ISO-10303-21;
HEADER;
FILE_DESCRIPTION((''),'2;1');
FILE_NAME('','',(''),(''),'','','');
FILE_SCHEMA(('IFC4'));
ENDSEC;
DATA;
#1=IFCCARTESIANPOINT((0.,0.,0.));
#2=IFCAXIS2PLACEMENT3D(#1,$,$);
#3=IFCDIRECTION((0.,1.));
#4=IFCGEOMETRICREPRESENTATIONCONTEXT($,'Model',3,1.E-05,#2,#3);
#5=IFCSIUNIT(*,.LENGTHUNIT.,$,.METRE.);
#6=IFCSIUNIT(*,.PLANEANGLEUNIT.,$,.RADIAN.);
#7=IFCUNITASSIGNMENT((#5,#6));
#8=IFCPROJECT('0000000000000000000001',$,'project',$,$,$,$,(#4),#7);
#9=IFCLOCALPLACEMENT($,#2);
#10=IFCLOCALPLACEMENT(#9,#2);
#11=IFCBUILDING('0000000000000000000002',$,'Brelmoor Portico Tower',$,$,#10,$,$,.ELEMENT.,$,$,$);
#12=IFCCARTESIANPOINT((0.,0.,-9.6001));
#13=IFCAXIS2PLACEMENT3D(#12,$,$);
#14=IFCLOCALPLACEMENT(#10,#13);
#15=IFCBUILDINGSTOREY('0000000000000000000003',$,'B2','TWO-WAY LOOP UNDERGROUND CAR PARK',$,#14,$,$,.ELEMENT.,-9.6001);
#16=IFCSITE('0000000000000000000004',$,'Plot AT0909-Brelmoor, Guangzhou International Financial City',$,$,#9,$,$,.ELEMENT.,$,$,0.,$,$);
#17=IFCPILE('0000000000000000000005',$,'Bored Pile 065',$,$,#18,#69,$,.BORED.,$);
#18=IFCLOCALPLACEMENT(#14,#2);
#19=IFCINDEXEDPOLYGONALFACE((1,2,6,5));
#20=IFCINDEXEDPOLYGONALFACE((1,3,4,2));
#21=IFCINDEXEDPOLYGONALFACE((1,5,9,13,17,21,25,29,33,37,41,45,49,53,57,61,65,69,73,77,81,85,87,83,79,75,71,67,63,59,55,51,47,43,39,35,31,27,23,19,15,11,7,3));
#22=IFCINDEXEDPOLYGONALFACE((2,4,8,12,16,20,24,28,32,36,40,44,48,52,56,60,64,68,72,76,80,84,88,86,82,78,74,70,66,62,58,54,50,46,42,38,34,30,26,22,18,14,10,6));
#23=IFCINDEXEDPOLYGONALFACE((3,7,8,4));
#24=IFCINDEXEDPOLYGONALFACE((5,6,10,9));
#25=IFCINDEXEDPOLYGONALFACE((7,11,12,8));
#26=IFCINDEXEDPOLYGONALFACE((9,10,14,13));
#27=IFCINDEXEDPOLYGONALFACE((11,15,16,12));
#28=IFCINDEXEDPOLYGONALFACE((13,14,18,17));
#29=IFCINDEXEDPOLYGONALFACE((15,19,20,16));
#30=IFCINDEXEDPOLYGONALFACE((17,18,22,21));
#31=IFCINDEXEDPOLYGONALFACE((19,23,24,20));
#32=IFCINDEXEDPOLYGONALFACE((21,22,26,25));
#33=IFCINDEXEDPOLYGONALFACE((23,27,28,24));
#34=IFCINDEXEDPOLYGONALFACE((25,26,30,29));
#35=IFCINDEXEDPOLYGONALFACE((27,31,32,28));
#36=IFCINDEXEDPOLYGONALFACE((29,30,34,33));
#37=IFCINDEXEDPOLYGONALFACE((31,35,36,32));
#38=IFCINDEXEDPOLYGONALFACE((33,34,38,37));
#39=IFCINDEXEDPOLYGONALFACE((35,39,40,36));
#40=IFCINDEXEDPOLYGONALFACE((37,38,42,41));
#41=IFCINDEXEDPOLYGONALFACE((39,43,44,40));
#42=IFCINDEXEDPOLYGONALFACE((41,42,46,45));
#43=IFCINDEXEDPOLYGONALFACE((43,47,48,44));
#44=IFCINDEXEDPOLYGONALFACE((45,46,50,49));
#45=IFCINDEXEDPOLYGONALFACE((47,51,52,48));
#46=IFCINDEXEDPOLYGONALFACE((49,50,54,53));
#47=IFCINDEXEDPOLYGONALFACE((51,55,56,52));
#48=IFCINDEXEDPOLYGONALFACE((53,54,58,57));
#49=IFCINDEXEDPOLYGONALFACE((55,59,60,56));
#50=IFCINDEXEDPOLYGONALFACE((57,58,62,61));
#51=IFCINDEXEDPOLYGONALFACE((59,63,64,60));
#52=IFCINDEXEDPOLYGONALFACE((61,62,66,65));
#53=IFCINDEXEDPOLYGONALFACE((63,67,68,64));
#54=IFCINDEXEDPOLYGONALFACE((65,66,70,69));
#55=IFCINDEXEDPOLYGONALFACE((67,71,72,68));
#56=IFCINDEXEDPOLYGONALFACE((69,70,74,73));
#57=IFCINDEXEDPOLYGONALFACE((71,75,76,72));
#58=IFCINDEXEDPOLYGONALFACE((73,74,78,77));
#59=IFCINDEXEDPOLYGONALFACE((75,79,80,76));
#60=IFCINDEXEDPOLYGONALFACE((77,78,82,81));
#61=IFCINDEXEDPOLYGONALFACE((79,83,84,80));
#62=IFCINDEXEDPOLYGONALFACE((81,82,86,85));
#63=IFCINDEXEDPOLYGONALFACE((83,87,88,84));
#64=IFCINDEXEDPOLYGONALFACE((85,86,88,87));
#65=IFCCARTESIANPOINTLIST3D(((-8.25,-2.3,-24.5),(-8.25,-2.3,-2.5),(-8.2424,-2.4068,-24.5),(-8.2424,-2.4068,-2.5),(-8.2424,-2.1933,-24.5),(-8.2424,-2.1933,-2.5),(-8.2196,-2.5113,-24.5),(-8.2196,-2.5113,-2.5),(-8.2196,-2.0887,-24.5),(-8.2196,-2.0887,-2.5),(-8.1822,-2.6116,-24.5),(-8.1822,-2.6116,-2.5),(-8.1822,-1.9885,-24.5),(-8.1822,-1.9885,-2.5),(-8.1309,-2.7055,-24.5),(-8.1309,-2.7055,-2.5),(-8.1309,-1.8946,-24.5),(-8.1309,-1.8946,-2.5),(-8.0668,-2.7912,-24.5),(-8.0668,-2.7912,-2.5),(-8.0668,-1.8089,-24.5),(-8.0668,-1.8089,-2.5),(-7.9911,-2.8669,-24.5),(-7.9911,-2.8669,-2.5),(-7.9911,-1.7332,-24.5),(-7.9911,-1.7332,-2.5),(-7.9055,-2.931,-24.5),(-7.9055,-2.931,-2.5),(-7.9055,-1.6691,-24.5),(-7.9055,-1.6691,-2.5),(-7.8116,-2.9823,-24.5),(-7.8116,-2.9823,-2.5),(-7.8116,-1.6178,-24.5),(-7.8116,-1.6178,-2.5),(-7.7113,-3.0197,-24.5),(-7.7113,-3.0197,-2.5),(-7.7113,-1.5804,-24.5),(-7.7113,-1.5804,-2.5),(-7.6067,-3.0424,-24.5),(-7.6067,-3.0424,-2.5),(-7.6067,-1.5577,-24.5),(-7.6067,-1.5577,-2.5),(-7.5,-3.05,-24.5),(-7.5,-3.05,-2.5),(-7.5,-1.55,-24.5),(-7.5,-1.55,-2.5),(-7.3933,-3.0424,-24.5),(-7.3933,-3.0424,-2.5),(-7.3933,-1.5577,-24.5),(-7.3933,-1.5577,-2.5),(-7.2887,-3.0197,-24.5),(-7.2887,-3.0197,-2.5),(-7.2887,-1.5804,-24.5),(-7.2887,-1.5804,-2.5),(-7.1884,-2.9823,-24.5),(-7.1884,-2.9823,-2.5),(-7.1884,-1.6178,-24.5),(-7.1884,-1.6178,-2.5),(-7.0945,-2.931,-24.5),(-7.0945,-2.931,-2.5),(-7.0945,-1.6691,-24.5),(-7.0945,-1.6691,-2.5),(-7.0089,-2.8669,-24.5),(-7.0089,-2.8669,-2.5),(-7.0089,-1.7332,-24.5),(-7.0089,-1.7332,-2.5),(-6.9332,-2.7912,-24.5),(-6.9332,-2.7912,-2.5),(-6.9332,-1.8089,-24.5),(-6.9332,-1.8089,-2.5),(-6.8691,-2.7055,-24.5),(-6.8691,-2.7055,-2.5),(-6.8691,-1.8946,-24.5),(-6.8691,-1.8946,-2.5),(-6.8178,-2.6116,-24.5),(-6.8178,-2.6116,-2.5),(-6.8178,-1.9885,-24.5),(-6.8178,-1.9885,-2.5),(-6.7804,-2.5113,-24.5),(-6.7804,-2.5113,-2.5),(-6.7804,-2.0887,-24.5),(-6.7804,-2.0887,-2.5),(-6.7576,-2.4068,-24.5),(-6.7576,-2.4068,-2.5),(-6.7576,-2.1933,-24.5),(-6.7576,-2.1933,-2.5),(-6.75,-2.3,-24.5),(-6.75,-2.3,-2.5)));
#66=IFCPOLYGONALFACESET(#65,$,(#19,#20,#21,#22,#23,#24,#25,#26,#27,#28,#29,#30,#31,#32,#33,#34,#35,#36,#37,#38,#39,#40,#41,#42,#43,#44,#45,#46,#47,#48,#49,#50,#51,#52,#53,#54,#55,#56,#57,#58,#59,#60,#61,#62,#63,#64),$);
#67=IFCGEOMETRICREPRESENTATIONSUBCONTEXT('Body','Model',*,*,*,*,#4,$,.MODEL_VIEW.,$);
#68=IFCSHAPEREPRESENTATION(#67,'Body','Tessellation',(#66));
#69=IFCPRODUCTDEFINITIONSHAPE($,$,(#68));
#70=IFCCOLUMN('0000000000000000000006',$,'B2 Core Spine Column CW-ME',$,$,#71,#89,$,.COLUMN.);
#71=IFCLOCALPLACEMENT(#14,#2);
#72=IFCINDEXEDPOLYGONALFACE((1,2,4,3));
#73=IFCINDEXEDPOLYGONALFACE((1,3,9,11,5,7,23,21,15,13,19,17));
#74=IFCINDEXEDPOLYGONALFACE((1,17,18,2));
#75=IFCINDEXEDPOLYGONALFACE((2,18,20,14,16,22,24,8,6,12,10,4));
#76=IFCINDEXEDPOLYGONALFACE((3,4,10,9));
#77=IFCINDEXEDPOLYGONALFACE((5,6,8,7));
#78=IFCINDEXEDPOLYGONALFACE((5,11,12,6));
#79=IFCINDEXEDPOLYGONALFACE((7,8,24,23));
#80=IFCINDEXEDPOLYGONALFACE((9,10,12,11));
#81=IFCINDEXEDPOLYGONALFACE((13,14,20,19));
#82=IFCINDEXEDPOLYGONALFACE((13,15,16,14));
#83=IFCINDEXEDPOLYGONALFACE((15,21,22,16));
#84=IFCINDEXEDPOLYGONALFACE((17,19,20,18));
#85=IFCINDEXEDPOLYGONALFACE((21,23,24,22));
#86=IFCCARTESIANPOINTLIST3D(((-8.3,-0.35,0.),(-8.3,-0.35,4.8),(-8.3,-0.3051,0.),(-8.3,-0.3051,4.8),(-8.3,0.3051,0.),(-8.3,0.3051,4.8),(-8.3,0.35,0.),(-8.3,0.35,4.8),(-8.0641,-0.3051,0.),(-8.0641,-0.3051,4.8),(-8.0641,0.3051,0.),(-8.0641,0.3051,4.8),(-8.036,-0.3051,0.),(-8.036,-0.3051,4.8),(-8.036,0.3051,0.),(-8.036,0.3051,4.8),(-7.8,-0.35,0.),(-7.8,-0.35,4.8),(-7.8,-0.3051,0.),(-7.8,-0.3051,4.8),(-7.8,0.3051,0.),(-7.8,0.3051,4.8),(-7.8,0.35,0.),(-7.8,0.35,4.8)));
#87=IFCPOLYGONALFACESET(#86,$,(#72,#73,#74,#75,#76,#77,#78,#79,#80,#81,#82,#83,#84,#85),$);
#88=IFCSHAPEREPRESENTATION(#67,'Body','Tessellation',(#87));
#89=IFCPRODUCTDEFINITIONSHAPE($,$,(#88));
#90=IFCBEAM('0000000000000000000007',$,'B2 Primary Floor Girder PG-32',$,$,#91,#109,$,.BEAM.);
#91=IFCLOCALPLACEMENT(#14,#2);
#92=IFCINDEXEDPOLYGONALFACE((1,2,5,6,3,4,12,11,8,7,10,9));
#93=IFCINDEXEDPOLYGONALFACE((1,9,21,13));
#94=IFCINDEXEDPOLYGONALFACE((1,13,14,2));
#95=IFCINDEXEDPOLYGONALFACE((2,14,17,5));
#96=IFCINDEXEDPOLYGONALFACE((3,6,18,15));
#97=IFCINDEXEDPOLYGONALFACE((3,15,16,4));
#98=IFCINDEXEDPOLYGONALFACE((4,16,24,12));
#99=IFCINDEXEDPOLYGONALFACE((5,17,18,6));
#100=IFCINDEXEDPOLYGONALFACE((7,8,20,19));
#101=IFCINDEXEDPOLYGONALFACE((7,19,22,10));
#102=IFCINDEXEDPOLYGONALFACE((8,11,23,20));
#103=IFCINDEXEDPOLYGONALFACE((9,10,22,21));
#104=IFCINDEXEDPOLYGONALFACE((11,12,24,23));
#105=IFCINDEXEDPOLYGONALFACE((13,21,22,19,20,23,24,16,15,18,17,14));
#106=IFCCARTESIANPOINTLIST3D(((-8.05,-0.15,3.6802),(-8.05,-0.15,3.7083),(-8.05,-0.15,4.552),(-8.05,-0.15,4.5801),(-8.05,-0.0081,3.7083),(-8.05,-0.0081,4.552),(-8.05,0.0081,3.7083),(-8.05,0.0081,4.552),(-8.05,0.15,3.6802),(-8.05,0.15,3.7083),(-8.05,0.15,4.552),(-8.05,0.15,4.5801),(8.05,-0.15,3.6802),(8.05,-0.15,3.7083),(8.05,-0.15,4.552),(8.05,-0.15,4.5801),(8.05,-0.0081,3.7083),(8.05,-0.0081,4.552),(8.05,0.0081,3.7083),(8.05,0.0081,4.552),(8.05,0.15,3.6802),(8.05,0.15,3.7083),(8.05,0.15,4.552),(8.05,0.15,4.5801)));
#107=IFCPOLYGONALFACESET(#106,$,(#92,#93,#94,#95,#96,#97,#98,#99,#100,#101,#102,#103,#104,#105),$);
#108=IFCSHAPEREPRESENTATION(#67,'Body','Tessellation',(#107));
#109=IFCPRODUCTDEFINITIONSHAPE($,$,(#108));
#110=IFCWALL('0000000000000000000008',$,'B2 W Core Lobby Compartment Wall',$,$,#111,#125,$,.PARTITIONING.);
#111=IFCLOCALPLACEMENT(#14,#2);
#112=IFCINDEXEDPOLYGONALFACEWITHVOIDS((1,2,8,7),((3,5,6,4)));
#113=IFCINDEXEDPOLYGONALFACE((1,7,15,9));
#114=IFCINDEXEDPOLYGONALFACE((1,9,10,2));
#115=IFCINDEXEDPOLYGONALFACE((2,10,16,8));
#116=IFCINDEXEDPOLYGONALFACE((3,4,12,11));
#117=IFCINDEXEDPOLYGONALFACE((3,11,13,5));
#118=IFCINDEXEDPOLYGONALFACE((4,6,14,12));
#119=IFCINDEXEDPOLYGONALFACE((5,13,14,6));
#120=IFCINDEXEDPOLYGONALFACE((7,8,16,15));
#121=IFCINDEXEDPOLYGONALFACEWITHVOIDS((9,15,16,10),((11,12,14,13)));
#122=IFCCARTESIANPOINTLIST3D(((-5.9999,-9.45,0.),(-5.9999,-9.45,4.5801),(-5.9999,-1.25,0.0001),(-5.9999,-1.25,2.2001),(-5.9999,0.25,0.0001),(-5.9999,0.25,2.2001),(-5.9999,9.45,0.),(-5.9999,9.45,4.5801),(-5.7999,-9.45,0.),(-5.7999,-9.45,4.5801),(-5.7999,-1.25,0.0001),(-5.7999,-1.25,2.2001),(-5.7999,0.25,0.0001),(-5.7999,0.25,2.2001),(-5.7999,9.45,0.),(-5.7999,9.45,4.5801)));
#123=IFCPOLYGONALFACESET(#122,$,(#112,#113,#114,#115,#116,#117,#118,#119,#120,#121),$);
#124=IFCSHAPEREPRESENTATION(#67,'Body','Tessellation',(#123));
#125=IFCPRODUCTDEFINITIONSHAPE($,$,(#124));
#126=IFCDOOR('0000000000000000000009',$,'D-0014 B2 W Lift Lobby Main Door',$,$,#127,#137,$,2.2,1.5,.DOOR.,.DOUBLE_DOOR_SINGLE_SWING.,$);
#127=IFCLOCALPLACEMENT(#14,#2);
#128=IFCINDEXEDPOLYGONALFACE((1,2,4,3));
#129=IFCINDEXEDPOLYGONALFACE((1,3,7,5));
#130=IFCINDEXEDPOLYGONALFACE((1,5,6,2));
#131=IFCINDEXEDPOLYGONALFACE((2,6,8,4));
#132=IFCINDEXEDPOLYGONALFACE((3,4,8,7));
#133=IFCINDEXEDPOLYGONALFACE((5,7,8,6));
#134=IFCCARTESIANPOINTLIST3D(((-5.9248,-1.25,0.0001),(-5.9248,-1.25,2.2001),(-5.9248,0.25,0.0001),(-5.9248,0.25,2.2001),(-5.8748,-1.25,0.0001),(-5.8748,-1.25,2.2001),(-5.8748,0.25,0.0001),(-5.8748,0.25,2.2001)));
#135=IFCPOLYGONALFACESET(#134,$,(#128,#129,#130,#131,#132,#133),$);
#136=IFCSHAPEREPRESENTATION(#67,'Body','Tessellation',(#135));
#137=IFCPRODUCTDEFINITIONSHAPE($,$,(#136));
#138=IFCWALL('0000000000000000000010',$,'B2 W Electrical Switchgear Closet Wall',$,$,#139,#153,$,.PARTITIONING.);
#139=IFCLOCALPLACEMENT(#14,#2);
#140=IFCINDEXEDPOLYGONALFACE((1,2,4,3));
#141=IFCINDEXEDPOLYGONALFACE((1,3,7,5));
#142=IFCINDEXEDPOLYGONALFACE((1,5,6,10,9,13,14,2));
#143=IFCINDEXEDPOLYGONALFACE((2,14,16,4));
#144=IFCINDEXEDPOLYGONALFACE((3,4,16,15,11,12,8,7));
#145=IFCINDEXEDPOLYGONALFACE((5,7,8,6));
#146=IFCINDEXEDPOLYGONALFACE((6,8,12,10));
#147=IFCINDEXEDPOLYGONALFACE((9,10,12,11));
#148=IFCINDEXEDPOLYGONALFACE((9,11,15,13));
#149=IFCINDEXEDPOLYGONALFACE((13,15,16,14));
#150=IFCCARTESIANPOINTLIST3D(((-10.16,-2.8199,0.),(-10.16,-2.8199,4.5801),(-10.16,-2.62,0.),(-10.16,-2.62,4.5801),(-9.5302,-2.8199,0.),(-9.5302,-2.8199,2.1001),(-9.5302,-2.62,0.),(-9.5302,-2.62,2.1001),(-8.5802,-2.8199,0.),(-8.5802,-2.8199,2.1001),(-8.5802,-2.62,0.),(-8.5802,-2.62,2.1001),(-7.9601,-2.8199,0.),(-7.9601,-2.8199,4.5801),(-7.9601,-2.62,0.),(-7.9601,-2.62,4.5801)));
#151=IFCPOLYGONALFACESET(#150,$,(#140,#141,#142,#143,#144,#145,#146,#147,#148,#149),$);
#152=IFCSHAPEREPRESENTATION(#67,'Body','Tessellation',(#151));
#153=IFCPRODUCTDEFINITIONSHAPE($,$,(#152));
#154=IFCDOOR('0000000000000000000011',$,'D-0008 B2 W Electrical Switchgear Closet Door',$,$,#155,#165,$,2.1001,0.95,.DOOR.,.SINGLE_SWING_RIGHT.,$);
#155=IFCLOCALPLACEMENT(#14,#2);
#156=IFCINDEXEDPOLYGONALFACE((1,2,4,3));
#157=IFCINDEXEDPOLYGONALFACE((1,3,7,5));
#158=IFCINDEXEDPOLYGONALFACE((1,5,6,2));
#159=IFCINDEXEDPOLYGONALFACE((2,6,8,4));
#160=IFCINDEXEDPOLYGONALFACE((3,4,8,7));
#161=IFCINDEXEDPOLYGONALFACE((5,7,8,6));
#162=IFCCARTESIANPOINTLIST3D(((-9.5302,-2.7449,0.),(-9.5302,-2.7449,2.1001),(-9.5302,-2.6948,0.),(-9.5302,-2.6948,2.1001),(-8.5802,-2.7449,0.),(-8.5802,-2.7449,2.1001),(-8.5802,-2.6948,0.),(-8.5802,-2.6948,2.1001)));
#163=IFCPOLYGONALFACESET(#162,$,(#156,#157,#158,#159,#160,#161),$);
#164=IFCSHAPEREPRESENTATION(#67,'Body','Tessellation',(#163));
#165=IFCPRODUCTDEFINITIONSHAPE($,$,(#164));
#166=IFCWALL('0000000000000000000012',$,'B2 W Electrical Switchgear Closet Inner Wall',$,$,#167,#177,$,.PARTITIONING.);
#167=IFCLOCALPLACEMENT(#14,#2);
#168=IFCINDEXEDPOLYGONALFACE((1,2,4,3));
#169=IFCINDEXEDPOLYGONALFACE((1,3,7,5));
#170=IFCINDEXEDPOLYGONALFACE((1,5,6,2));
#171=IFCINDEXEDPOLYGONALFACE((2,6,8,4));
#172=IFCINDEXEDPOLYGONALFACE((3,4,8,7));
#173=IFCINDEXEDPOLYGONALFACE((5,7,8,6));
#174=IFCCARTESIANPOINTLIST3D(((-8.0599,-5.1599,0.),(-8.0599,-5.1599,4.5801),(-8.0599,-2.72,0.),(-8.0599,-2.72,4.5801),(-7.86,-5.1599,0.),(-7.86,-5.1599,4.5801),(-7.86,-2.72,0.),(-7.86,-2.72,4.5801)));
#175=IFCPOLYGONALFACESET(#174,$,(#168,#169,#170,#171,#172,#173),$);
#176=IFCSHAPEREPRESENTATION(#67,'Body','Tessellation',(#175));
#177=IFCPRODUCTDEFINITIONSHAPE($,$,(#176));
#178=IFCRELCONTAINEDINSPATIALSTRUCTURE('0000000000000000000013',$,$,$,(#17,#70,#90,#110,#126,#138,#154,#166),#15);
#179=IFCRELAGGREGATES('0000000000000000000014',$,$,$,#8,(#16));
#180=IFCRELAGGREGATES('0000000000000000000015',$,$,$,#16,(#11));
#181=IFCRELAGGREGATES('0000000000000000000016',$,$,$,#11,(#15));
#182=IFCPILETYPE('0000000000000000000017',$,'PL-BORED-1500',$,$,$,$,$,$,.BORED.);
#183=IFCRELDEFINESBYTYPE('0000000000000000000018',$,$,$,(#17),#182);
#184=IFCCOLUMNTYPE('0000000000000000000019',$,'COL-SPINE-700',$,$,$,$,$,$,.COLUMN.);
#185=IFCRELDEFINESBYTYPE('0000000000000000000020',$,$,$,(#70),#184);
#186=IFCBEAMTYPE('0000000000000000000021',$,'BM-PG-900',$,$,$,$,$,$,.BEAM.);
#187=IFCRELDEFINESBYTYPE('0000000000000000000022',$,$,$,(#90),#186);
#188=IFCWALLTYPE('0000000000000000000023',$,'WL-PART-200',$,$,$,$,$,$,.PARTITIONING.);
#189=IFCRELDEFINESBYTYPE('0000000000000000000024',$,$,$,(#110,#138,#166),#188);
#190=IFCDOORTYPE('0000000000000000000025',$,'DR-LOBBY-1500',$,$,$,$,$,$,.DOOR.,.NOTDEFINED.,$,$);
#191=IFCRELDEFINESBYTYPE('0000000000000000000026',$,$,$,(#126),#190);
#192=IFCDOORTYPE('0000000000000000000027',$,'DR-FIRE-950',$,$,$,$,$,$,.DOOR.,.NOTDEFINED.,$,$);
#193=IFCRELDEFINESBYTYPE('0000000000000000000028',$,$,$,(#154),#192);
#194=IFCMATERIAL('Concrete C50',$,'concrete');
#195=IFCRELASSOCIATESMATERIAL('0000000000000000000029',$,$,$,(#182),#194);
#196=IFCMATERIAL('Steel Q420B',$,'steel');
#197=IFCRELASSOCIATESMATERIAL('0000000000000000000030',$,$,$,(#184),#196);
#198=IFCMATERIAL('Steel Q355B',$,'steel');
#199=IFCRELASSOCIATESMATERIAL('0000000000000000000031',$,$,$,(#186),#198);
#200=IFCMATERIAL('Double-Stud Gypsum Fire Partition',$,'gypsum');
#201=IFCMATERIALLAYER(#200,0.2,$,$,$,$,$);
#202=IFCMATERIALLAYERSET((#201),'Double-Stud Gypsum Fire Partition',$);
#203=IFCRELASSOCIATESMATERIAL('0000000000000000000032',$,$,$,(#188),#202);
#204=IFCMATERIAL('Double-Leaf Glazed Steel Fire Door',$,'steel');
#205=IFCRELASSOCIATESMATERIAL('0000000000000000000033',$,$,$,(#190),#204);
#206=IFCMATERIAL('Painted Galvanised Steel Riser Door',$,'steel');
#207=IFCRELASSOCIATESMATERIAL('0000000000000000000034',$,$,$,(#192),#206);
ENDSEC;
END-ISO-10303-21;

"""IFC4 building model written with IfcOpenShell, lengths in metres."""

from ifc_helpers import new_model, si_unit, direction, frame, frame_2d, origin, origin_2d, place, context, subcontext, project, spatial, rectangle, circle, i_section, extrude, material, layer, layer_set, material_profile, profile_set, type_object, element, fill, save


model = new_model("IFC4")

# Units and contexts
model_context = context("Model", 3, precision=1e-05, world=origin(), true_north=direction((0.0, 1.0)))
body_context = subcontext(model_context, "Body", "Model", "MODEL_VIEW")
ifc_project = project(units=[si_unit("LENGTHUNIT", "METRE"), si_unit("PLANEANGLEUNIT", "RADIAN")], contexts=[model_context])

# Site, building, storey
site_placement = place(None, origin())
site = spatial("IfcSite", under=ifc_project, at=site_placement, Name="Plot AT0909-Brelmoor, Guangzhou International Financial City", CompositionType="ELEMENT", RefElevation=0.0)
building_placement = place(site_placement, origin())
building = spatial("IfcBuilding", under=site, at=building_placement, Name="Brelmoor Portico Tower", CompositionType="ELEMENT")
storey_placement = place(building_placement, frame((0.0, 0.0, -9.6001)))
storey = spatial("IfcBuildingStorey", under=building, at=storey_placement, Name="B2", Description="TWO-WAY LOOP UNDERGROUND CAR PARK", CompositionType="ELEMENT", Elevation=-9.6001)

# Shared definitions
ifc_material_1 = material(Name="Concrete C50", Category="concrete")

# Pile
ifc_material_profile_1 = material_profile(ifc_material_1, circle(Radius=0.75, at=origin_2d()), Name="BORED PILE D1500")
ifc_profile_set_1 = profile_set([ifc_material_profile_1], Name="Concrete C50")
pile_type_1 = type_object("IfcPileType", Name="PL-BORED-1500", PredefinedType="BORED", material=ifc_profile_set_1)
for number, where, z_axis, x_axis, name in (
    (1, (-7.5, -2.3, -2.5), (0.0, 0.0, -1.0), (1.0, 0.0, 0.0), "Bored Pile 065"),
):
    element("IfcPile", number, at=place(storey_placement, frame(where, z_axis=z_axis, x_axis=x_axis)), inside=storey, type_object=pile_type_1, Name=name, PredefinedType="BORED", context=body_context, shape_type="SweptSolid", body=[
        extrude(circle(Radius=0.75, at=origin_2d()), origin(), (0.0, 0.0, 1.0), 22.0),
    ])

# Column
ifc_material_2 = material(Name="Steel Q420B", Category="steel")
ifc_material_profile_2 = material_profile(ifc_material_2, i_section(OverallWidth=0.5, OverallDepth=0.7, WebThickness=0.0281, FlangeThickness=0.0449, at=origin_2d()), Name="HW 700x500x28x45")
ifc_profile_set_2 = profile_set([ifc_material_profile_2], Name="Steel Q420B")
column_type = type_object("IfcColumnType", Name="COL-SPINE-700", PredefinedType="COLUMN", material=ifc_profile_set_2)
column_placement = place(storey_placement, frame((-8.05, 0.0, 0.0), z_axis=(0.0, 0.0, 1.0), x_axis=(1.0, 0.0, 0.0)))
element("IfcColumn", 2, at=column_placement, inside=storey, type_object=column_type, Name="B2 Core Spine Column CW-ME", PredefinedType="COLUMN", context=body_context, shape_type="SweptSolid", body=[
    extrude(i_section(OverallWidth=0.5, OverallDepth=0.7, WebThickness=0.0281, FlangeThickness=0.0449, at=origin_2d()), origin(), (0.0, 0.0, 1.0), 4.8),
])

# Beam
ifc_material_3 = material(Name="Steel Q355B", Category="steel")
ifc_material_profile_3 = material_profile(ifc_material_3, i_section(OverallWidth=0.3, OverallDepth=0.8999, WebThickness=0.0161, FlangeThickness=0.0281, at=origin_2d()), Name="HN 900x300x16x28")
ifc_profile_set_3 = profile_set([ifc_material_profile_3], Name="Steel Q355B")
beam_type = type_object("IfcBeamType", Name="BM-PG-900", PredefinedType="BEAM", material=ifc_profile_set_3)
beam_placement = place(storey_placement, frame((-8.05, 0.0, 4.1301), z_axis=(1.0, 0.0, 0.0), x_axis=(0.0, 1.0, 0.0)))
element("IfcBeam", 3, at=beam_placement, inside=storey, type_object=beam_type, Name="B2 Primary Floor Girder PG-32", PredefinedType="BEAM", context=body_context, shape_type="SweptSolid", body=[
    extrude(i_section(OverallWidth=0.3, OverallDepth=0.8999, WebThickness=0.0161, FlangeThickness=0.0281, at=origin_2d()), origin(), (0.0, 0.0, 1.0), 16.1001),
])

# Walls, openings, doors
ifc_material_4 = material(Name="Double-Stud Gypsum Fire Partition", Category="gypsum")
ifc_layer_1 = layer(ifc_material_4, 0.2)
ifc_layer_set_1 = layer_set([ifc_layer_1], Name="Double-Stud Gypsum Fire Partition")
wall_type_1 = type_object("IfcWallType", Name="WL-PART-200", PredefinedType="PARTITIONING", material=ifc_layer_set_1)
wall_1_placement = place(storey_placement, frame((-5.8999, -9.45, 0.0), z_axis=(0.0, 0.0, 1.0), x_axis=(0.0, 1.0, 0.0)))
wall_1 = element("IfcWall", 4, at=wall_1_placement, inside=storey, type_object=wall_type_1, Name="B2 W Core Lobby Compartment Wall", PredefinedType="PARTITIONING", context=body_context, shape_type="SweptSolid", body=[
    extrude(rectangle(XDim=18.8999, YDim=0.2, at=frame_2d((9.45, 0.0))), origin(), (0.0, 0.0, 1.0), 4.5801),
])
opening_1_placement = place(wall_1_placement, frame((8.2, 0.0, 0.0)))
opening_1 = element("IfcOpeningElement", 5, at=opening_1_placement, cuts=wall_1, PredefinedType="OPENING", context=body_context, shape_type="SweptSolid", body=[
    extrude(rectangle(XDim=1.5, YDim=2.2, at=frame_2d((0.75, 1.1001))), frame((0.0, 0.1099, 0.0), z_axis=(0.0, -1.0, 0.0), x_axis=(1.0, 0.0, 0.0)), (0.0, 0.0, 1.0), 0.22),
])
ifc_material_5 = material(Name="Double-Leaf Glazed Steel Fire Door", Category="steel")
door_type_1 = type_object("IfcDoorType", Name="DR-LOBBY-1500", OperationType="NOTDEFINED", PredefinedType="DOOR", material=ifc_material_5)
door_1_placement = place(opening_1_placement, origin())
door_1 = element("IfcDoor", 6, at=door_1_placement, inside=storey, type_object=door_type_1, Name="D-0014 B2 W Lift Lobby Main Door", OperationType="DOUBLE_DOOR_SINGLE_SWING", OverallHeight=2.2, OverallWidth=1.5, PredefinedType="DOOR", context=body_context, shape_type="SweptSolid", body=[
    extrude(rectangle(XDim=1.5, YDim=2.2, at=frame_2d((0.75, 1.1001))), frame((0.0, 0.0249, 0.0), z_axis=(0.0, -1.0, 0.0), x_axis=(1.0, 0.0, 0.0)), (0.0, 0.0, 1.0), 0.05),
])
fill(opening_1, door_1)
wall_2_placement = place(storey_placement, frame((-7.96, -2.72, 0.0), z_axis=(0.0, 0.0, 1.0), x_axis=(-1.0, 0.0, 0.0)))
wall_2 = element("IfcWall", 7, at=wall_2_placement, inside=storey, type_object=wall_type_1, Name="B2 W Electrical Switchgear Closet Wall", PredefinedType="PARTITIONING", context=body_context, shape_type="SweptSolid", body=[
    extrude(rectangle(XDim=2.2, YDim=0.2, at=frame_2d((1.1001, 0.0))), origin(), (0.0, 0.0, 1.0), 4.5801),
])
opening_2_placement = place(wall_2_placement, frame((0.6201, 0.0, 0.0)))
opening_2 = element("IfcOpeningElement", 8, at=opening_2_placement, cuts=wall_2, PredefinedType="OPENING", context=body_context, shape_type="SweptSolid", body=[
    extrude(rectangle(XDim=0.95, YDim=2.1001, at=frame_2d((0.4751, 1.05))), frame((0.0, 0.1099, 0.0), z_axis=(0.0, -1.0, 0.0), x_axis=(1.0, 0.0, 0.0)), (0.0, 0.0, 1.0), 0.22),
])
ifc_material_6 = material(Name="Painted Galvanised Steel Riser Door", Category="steel")
door_type_2 = type_object("IfcDoorType", Name="DR-FIRE-950", OperationType="NOTDEFINED", PredefinedType="DOOR", material=ifc_material_6)
door_2_placement = place(opening_2_placement, origin())
door_2 = element("IfcDoor", 9, at=door_2_placement, inside=storey, type_object=door_type_2, Name="D-0008 B2 W Electrical Switchgear Closet Door", OperationType="SINGLE_SWING_RIGHT", OverallHeight=2.1001, OverallWidth=0.95, PredefinedType="DOOR", context=body_context, shape_type="SweptSolid", body=[
    extrude(rectangle(XDim=0.95, YDim=2.1001, at=frame_2d((0.4751, 1.05))), frame((0.0, 0.0249, 0.0), z_axis=(0.0, -1.0, 0.0), x_axis=(1.0, 0.0, 0.0)), (0.0, 0.0, 1.0), 0.05),
])
fill(opening_2, door_2)

# Wall
wall_3_placement = place(storey_placement, frame((-7.96, -5.1599, 0.0), z_axis=(0.0, 0.0, 1.0), x_axis=(0.0, 1.0, 0.0)))
element("IfcWall", 10, at=wall_3_placement, inside=storey, type_object=wall_type_1, Name="B2 W Electrical Switchgear Closet Inner Wall", PredefinedType="PARTITIONING", context=body_context, shape_type="SweptSolid", body=[
    extrude(rectangle(XDim=2.4399, YDim=0.2, at=frame_2d((1.22, 0.0))), origin(), (0.0, 0.0, 1.0), 4.5801),
])

save(model, "model.ifc")
